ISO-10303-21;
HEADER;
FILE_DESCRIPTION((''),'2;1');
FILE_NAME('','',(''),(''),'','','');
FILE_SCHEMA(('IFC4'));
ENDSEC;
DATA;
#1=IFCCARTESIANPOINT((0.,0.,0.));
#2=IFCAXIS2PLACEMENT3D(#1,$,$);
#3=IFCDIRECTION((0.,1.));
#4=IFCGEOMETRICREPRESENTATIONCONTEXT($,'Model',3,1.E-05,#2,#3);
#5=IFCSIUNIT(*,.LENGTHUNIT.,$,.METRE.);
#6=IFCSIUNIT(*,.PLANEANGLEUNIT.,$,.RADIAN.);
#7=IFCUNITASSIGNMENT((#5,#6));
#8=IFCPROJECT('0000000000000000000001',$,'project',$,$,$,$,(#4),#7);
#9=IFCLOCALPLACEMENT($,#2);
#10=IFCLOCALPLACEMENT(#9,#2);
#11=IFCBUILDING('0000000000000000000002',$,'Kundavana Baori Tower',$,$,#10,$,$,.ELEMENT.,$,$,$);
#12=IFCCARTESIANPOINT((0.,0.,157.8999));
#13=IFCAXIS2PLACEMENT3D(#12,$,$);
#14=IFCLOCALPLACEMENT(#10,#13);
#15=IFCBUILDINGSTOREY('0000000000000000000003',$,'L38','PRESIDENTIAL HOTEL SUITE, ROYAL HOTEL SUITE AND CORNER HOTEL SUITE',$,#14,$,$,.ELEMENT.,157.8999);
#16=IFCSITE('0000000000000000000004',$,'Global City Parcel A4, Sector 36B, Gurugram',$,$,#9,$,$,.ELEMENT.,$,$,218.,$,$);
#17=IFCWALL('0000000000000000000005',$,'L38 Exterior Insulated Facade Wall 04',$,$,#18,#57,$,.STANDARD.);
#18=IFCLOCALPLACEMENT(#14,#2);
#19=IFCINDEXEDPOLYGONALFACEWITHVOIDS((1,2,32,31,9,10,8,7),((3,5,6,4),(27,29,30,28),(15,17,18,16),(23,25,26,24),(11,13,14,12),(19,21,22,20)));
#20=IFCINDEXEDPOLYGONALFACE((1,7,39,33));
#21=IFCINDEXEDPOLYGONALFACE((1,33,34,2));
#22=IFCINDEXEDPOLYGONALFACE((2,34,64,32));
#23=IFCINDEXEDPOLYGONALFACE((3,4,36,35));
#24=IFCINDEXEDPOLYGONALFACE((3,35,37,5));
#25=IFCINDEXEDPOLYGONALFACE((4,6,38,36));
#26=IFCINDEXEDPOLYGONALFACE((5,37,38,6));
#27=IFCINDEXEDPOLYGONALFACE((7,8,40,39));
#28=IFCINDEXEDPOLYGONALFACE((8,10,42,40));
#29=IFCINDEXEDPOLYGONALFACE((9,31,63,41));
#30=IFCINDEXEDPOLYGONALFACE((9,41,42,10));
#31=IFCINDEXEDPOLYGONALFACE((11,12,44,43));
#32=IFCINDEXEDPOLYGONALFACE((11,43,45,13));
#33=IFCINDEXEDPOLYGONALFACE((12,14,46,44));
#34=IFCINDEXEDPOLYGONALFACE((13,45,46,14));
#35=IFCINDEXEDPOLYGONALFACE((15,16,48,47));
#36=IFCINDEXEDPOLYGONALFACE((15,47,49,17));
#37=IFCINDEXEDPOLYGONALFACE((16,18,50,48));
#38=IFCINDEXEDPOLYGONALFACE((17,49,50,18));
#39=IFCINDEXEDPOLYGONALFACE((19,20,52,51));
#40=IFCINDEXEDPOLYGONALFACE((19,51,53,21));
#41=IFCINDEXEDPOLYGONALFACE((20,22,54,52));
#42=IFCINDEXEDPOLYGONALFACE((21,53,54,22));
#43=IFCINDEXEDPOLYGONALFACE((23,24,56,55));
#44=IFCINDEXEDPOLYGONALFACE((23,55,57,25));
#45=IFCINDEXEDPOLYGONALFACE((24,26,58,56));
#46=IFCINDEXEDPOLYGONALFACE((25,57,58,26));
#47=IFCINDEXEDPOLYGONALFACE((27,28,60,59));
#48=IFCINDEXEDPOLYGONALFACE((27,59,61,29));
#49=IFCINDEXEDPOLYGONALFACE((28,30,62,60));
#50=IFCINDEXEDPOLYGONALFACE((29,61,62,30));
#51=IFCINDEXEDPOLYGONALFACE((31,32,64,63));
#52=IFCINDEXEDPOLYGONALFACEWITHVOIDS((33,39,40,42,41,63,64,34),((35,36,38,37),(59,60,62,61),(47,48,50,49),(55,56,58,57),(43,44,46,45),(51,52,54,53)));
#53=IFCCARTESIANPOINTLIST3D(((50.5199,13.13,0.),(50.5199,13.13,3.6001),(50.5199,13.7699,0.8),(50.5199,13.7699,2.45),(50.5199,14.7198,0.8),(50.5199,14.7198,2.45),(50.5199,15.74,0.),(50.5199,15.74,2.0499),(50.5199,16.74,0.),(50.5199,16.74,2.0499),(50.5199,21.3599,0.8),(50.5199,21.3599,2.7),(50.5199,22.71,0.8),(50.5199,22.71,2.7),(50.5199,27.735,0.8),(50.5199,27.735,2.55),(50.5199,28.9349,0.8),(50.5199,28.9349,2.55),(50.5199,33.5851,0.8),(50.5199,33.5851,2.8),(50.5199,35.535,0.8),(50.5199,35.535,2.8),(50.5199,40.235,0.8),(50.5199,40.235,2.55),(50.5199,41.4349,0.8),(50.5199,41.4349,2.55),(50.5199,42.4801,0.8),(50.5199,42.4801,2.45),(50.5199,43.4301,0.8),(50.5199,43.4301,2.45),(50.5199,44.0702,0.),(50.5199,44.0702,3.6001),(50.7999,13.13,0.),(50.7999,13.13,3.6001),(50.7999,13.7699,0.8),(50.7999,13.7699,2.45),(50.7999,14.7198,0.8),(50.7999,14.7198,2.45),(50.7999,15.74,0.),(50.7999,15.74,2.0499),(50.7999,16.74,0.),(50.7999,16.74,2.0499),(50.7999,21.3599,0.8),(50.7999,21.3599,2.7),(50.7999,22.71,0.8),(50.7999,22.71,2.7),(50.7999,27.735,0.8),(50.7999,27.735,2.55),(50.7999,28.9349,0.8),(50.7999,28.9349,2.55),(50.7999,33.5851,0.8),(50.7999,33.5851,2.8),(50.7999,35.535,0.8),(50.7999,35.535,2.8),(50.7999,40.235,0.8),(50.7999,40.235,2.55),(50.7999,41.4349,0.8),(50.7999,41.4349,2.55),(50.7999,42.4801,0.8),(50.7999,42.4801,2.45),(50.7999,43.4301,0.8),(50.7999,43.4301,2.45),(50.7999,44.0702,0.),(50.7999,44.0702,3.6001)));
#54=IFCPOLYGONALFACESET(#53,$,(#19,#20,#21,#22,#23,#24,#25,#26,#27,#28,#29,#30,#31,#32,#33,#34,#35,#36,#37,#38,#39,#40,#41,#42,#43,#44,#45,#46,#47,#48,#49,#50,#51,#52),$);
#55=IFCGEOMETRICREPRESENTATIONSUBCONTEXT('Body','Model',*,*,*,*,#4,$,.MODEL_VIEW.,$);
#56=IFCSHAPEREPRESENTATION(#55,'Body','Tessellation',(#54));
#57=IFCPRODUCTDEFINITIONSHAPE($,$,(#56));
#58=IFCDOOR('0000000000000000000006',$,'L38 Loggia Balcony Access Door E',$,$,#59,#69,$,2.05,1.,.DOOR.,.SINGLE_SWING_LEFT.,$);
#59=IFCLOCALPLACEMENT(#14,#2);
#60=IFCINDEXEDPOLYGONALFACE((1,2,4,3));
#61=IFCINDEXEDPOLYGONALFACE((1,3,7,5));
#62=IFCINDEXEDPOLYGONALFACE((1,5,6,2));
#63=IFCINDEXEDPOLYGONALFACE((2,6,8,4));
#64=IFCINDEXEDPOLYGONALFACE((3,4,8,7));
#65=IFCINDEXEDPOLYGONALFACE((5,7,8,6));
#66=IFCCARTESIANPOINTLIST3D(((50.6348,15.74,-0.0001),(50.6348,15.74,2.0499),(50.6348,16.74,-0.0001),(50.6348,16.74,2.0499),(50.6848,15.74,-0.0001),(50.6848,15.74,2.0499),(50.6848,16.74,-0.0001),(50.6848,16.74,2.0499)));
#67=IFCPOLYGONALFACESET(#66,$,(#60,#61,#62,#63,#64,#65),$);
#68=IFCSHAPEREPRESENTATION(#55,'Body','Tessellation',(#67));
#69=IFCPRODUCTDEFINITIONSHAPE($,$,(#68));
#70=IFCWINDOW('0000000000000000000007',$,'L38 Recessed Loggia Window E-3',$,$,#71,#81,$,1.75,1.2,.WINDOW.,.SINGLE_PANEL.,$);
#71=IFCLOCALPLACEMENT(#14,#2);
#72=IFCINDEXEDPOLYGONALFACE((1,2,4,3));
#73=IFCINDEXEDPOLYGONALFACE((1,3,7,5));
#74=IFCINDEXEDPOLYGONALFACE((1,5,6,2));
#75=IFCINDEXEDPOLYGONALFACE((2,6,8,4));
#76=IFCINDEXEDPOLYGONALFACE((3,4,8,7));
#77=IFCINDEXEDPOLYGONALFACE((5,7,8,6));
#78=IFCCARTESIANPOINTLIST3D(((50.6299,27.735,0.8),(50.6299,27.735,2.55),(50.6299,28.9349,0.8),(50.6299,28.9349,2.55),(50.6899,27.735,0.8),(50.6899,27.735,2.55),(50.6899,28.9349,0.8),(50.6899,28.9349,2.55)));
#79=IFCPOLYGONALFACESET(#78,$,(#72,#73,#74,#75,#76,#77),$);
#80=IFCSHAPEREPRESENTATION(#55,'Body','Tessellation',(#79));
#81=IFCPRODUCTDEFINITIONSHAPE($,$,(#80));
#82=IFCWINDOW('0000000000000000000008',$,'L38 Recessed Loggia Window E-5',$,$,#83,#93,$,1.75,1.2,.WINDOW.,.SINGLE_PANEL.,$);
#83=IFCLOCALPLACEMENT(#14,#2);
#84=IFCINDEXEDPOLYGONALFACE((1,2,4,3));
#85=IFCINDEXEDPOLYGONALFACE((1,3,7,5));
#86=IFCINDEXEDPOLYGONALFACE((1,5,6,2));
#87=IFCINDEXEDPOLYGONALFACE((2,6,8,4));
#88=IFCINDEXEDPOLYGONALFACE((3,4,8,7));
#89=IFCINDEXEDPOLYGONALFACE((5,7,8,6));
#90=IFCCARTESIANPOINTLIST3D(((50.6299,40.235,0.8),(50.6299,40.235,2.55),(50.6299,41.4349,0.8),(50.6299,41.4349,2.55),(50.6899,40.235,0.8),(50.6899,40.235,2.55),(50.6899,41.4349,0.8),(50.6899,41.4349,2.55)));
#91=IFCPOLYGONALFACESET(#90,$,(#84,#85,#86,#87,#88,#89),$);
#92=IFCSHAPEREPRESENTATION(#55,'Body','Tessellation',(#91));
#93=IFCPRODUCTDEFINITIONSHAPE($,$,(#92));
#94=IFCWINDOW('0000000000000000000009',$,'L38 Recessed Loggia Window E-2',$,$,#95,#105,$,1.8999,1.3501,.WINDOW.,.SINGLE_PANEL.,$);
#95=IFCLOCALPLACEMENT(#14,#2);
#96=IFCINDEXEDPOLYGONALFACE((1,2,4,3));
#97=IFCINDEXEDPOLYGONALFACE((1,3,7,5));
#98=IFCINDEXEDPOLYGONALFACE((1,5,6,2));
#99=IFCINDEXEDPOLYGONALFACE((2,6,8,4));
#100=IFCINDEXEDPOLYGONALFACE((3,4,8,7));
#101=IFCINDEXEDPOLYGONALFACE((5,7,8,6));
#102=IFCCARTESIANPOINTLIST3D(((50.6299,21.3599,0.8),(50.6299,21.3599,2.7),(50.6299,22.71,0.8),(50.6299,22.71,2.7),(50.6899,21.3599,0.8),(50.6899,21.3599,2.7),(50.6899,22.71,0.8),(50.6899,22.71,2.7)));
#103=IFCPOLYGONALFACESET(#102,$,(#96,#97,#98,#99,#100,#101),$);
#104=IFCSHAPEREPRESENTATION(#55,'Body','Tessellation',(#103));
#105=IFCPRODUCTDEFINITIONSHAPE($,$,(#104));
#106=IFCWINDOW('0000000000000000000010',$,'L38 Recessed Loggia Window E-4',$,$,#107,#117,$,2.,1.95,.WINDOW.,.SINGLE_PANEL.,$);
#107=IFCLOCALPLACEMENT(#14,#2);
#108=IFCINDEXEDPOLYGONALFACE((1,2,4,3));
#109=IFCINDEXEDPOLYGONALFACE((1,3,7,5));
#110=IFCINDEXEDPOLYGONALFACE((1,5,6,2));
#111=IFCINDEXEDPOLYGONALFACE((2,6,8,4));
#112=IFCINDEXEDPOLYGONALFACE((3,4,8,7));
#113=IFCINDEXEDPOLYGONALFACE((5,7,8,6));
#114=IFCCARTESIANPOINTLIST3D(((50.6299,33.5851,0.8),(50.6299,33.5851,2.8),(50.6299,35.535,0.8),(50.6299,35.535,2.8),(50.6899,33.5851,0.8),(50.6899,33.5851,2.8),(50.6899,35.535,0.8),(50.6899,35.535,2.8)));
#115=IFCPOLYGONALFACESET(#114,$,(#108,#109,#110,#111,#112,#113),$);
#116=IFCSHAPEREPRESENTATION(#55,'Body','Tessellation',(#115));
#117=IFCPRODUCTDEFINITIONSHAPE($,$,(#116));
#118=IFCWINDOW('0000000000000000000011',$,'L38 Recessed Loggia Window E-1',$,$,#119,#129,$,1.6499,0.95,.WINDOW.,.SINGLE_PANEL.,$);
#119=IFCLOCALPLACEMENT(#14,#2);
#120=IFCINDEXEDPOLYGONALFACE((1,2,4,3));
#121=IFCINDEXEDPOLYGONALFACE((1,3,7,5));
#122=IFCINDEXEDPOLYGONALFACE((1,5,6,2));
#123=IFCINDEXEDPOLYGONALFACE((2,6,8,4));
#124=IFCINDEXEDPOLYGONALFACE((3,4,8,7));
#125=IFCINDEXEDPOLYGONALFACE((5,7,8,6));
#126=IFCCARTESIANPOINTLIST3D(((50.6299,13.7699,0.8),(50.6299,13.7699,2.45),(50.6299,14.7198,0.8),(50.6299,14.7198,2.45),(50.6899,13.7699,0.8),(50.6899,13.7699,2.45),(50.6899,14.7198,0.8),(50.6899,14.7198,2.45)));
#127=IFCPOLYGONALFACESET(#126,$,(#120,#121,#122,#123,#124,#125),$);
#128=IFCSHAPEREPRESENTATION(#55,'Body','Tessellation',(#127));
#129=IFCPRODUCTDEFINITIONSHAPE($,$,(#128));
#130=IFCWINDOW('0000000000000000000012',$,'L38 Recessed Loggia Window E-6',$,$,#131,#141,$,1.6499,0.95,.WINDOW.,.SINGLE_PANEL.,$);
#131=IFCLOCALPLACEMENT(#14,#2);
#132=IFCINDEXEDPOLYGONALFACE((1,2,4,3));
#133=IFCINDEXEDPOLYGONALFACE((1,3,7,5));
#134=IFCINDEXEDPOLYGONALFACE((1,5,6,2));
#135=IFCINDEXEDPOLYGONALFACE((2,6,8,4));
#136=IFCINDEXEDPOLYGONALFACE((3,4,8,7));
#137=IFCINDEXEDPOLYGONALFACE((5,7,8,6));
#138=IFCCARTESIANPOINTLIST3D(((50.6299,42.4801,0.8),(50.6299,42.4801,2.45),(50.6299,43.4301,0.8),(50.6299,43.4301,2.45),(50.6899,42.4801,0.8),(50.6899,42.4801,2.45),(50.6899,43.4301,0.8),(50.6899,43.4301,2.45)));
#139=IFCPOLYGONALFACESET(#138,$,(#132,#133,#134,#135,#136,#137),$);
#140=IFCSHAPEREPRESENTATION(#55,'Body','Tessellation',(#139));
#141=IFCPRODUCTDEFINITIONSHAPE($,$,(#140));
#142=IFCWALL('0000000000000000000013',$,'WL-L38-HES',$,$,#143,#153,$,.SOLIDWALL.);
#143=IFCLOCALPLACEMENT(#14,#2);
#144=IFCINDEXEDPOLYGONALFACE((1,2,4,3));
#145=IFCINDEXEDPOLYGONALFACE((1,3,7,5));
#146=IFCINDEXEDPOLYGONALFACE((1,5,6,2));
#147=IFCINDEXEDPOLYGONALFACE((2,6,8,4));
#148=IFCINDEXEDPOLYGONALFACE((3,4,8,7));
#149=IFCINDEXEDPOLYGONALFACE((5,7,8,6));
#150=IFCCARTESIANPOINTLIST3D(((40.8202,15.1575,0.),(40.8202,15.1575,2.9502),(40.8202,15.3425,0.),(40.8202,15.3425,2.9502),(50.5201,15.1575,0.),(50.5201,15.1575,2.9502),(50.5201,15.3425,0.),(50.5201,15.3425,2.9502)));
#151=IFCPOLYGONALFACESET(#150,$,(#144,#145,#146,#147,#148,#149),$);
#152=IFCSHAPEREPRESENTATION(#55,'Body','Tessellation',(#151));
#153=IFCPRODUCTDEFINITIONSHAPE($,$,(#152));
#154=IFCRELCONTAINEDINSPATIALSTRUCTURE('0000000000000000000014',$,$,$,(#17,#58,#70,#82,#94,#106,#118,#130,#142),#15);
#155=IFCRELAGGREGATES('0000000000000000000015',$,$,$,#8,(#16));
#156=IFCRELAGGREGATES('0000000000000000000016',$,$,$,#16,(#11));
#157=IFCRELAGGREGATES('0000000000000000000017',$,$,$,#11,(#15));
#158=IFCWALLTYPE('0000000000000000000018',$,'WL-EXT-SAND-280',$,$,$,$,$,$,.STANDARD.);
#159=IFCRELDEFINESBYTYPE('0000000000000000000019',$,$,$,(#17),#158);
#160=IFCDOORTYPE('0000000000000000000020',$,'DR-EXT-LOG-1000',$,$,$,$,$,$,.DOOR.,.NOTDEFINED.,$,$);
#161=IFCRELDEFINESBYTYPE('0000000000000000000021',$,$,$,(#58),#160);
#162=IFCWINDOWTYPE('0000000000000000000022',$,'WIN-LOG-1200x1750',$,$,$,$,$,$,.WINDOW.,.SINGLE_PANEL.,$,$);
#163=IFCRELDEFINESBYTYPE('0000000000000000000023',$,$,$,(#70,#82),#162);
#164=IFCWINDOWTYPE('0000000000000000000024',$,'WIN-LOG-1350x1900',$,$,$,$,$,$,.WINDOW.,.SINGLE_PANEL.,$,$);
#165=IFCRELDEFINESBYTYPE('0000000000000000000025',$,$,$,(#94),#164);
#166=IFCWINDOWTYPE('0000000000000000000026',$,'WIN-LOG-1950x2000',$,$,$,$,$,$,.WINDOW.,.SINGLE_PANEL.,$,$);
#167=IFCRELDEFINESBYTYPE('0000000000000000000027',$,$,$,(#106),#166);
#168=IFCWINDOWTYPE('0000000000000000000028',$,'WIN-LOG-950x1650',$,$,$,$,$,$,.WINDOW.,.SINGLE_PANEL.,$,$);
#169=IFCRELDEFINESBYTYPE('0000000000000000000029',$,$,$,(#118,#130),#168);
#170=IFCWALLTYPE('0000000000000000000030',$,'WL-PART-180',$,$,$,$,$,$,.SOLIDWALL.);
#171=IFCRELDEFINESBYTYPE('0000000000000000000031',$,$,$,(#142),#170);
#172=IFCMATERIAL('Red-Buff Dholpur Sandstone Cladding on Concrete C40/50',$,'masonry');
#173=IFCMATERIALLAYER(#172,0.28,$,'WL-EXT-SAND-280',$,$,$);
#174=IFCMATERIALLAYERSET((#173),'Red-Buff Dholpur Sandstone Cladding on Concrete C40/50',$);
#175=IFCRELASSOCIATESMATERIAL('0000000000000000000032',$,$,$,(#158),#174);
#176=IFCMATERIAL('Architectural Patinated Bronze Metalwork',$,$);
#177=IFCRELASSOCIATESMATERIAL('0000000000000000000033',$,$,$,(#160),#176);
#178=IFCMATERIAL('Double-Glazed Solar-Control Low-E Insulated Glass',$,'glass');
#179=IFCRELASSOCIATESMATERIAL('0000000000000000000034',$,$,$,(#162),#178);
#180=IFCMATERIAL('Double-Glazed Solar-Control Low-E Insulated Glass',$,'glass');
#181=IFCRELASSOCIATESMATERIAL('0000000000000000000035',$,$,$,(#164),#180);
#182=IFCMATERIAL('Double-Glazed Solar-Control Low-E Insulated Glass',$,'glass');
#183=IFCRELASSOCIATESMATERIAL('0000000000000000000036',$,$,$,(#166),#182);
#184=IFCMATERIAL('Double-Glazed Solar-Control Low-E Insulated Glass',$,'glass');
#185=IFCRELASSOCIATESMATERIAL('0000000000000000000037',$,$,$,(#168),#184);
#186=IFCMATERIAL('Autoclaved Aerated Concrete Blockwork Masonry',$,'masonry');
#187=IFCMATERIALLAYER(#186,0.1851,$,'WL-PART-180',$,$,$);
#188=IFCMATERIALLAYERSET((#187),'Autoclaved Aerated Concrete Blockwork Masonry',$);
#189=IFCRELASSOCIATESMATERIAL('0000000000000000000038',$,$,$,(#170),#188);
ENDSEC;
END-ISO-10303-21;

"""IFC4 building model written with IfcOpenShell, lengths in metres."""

from ifc_helpers import new_model, si_unit, direction, frame, frame_2d, origin, place, context, subcontext, project, spatial, rectangle, extrude, material, layer, layer_set, type_object, element, fill, save


model = new_model("IFC4")

# Units and contexts
model_context = context("Model", 3, precision=1e-05, world=origin(), true_north=direction((0.0, 1.0)))
body_context = subcontext(model_context, "Body", "Model", "MODEL_VIEW")
ifc_project = project(units=[si_unit("LENGTHUNIT", "METRE"), si_unit("PLANEANGLEUNIT", "RADIAN")], contexts=[model_context])

# Site, building, storey
site_placement = place(None, origin())
site = spatial("IfcSite", under=ifc_project, at=site_placement, Name="Global City Parcel A4, Sector 36B, Gurugram", CompositionType="ELEMENT", RefElevation=218.0)
building_placement = place(site_placement, origin())
building = spatial("IfcBuilding", under=site, at=building_placement, Name="Kundavana Baori Tower", CompositionType="ELEMENT")
storey_placement = place(building_placement, frame((0.0, 0.0, 157.8999)))
storey = spatial("IfcBuildingStorey", under=building, at=storey_placement, Name="L38", Description="PRESIDENTIAL HOTEL SUITE, ROYAL HOTEL SUITE AND CORNER HOTEL SUITE", CompositionType="ELEMENT", Elevation=157.8999)

# Shared definitions
ifc_material_1 = material(Name="Red-Buff Dholpur Sandstone Cladding on Concrete C40/50", Category="masonry")
ifc_layer_1 = layer(ifc_material_1, 0.28, Name="WL-EXT-SAND-280")
ifc_layer_set_1 = layer_set([ifc_layer_1], Name="Red-Buff Dholpur Sandstone Cladding on Concrete C40/50")
wall_type_1 = type_object("IfcWallType", Name="WL-EXT-SAND-280", PredefinedType="STANDARD", material=ifc_layer_set_1)

# Wall, openings, door, windows
wall_1_placement = place(storey_placement, frame((50.6599, 13.1299, 0.0), z_axis=(0.0, 0.0, 1.0), x_axis=(0.0, 1.0, 0.0)))
wall_1 = element("IfcWall", 1, at=wall_1_placement, inside=storey, type_object=wall_type_1, Name="L38 Exterior Insulated Facade Wall 04", PredefinedType="STANDARD", context=body_context, shape_type="SweptSolid", body=[
    extrude(rectangle(XDim=30.9402, YDim=0.28, at=frame_2d((15.4702, 0.0))), origin(), (0.0, 0.0, 1.0), 3.6001),
])
opening_1_placement = place(wall_1_placement, frame((0.6399, 0.0, 0.8)))
opening_1 = element("IfcOpeningElement", 2, at=opening_1_placement, cuts=wall_1, PredefinedType="OPENING", context=body_context, shape_type="SweptSolid", body=[
    extrude(rectangle(XDim=0.95, YDim=1.6499, at=frame_2d((0.4751, 0.825))), frame((0.0, 0.1499, 0.0), z_axis=(0.0, -1.0, 0.0), x_axis=(1.0, 0.0, 0.0)), (0.0, 0.0, 1.0), 0.3),
])
opening_2_placement = place(wall_1_placement, frame((2.6101, 0.0, 0.0)))
opening_2 = element("IfcOpeningElement", 3, at=opening_2_placement, cuts=wall_1, PredefinedType="OPENING", context=body_context, shape_type="SweptSolid", body=[
    extrude(rectangle(XDim=1.0, YDim=2.05, at=frame_2d((0.5, 1.0249))), frame((0.0, 0.1499, 0.0), z_axis=(0.0, -1.0, 0.0), x_axis=(1.0, 0.0, 0.0)), (0.0, 0.0, 1.0), 0.3),
])
opening_3_placement = place(wall_1_placement, frame((8.23, 0.0, 0.8)))
opening_3 = element("IfcOpeningElement", 4, at=opening_3_placement, cuts=wall_1, PredefinedType="OPENING", context=body_context, shape_type="SweptSolid", body=[
    extrude(rectangle(XDim=1.3501, YDim=1.8999, at=frame_2d((0.675, 0.95))), frame((0.0, 0.1499, 0.0), z_axis=(0.0, -1.0, 0.0), x_axis=(1.0, 0.0, 0.0)), (0.0, 0.0, 1.0), 0.3),
])
opening_4_placement = place(wall_1_placement, frame((14.605, 0.0, 0.8)))
opening_4 = element("IfcOpeningElement", 5, at=opening_4_placement, cuts=wall_1, PredefinedType="OPENING", context=body_context, shape_type="SweptSolid", body=[
    extrude(rectangle(XDim=1.2, YDim=1.75, at=frame_2d((0.6001, 0.875))), frame((0.0, 0.1499, 0.0), z_axis=(0.0, -1.0, 0.0), x_axis=(1.0, 0.0, 0.0)), (0.0, 0.0, 1.0), 0.3),
])
opening_5_placement = place(wall_1_placement, frame((20.4551, 0.0, 0.8)))
opening_5 = element("IfcOpeningElement", 6, at=opening_5_placement, cuts=wall_1, PredefinedType="OPENING", context=body_context, shape_type="SweptSolid", body=[
    extrude(rectangle(XDim=1.95, YDim=2.0, at=frame_2d((0.9751, 1.0))), frame((0.0, 0.1499, 0.0), z_axis=(0.0, -1.0, 0.0), x_axis=(1.0, 0.0, 0.0)), (0.0, 0.0, 1.0), 0.3),
])
opening_6_placement = place(wall_1_placement, frame((27.105, 0.0, 0.8)))
opening_6 = element("IfcOpeningElement", 7, at=opening_6_placement, cuts=wall_1, PredefinedType="OPENING", context=body_context, shape_type="SweptSolid", body=[
    extrude(rectangle(XDim=1.2, YDim=1.75, at=frame_2d((0.6001, 0.875))), frame((0.0, 0.1499, 0.0), z_axis=(0.0, -1.0, 0.0), x_axis=(1.0, 0.0, 0.0)), (0.0, 0.0, 1.0), 0.3),
])
opening_7_placement = place(wall_1_placement, frame((29.3501, 0.0, 0.8)))
opening_7 = element("IfcOpeningElement", 8, at=opening_7_placement, cuts=wall_1, PredefinedType="OPENING", context=body_context, shape_type="SweptSolid", body=[
    extrude(rectangle(XDim=0.95, YDim=1.6499, at=frame_2d((0.4751, 0.825))), frame((0.0, 0.1499, 0.0), z_axis=(0.0, -1.0, 0.0), x_axis=(1.0, 0.0, 0.0)), (0.0, 0.0, 1.0), 0.3),
])
ifc_material_2 = material(Name="Architectural Patinated Bronze Metalwork")
door_type_1 = type_object("IfcDoorType", Name="DR-EXT-LOG-1000", OperationType="NOTDEFINED", PredefinedType="DOOR", material=ifc_material_2)
door_1_placement = place(opening_2_placement, frame((1.0, 0.0, 0.0), z_axis=(0.0, 0.0, 1.0), x_axis=(-1.0, 0.0, 0.0)))
door_1 = element("IfcDoor", 9, at=door_1_placement, inside=storey, type_object=door_type_1, Name="L38 Loggia Balcony Access Door E", OperationType="SINGLE_SWING_LEFT", OverallHeight=2.05, OverallWidth=1.0, PredefinedType="DOOR", context=body_context, shape_type="SweptSolid", body=[
    extrude(rectangle(XDim=1.0, YDim=2.05, at=frame_2d((0.5, 1.0249))), frame((0.0, 0.0249, 0.0), z_axis=(0.0, -1.0, 0.0), x_axis=(1.0, 0.0, 0.0)), (0.0, 0.0, 1.0), 0.05),
])
fill(opening_2, door_1)
ifc_material_3 = material(Name="Double-Glazed Solar-Control Low-E Insulated Glass", Category="glass")
window_type_1 = type_object("IfcWindowType", Name="WIN-LOG-1200x1750", PartitioningType="SINGLE_PANEL", PredefinedType="WINDOW", material=ifc_material_3)
window_1_placement = place(opening_4_placement, origin())
window_1 = element("IfcWindow", 10, at=window_1_placement, inside=storey, type_object=window_type_1, Name="L38 Recessed Loggia Window E-3", OverallHeight=1.75, OverallWidth=1.2, PartitioningType="SINGLE_PANEL", PredefinedType="WINDOW", context=body_context, shape_type="SweptSolid", body=[
    extrude(rectangle(XDim=1.2, YDim=1.75, at=frame_2d((0.6001, 0.875))), frame((0.0, 0.03, 0.0), z_axis=(0.0, -1.0, 0.0), x_axis=(1.0, 0.0, 0.0)), (0.0, 0.0, 1.0), 0.0601),
])
fill(opening_4, window_1)
window_2_placement = place(opening_6_placement, origin())
window_2 = element("IfcWindow", 11, at=window_2_placement, inside=storey, type_object=window_type_1, Name="L38 Recessed Loggia Window E-5", OverallHeight=1.75, OverallWidth=1.2, PartitioningType="SINGLE_PANEL", PredefinedType="WINDOW", context=body_context, shape_type="SweptSolid", body=[
    extrude(rectangle(XDim=1.2, YDim=1.75, at=frame_2d((0.6001, 0.875))), frame((0.0, 0.03, 0.0), z_axis=(0.0, -1.0, 0.0), x_axis=(1.0, 0.0, 0.0)), (0.0, 0.0, 1.0), 0.0601),
])
fill(opening_6, window_2)
ifc_material_4 = material(Name="Double-Glazed Solar-Control Low-E Insulated Glass", Category="glass")
window_type_2 = type_object("IfcWindowType", Name="WIN-LOG-1350x1900", PartitioningType="SINGLE_PANEL", PredefinedType="WINDOW", material=ifc_material_4)
window_3_placement = place(opening_3_placement, origin())
window_3 = element("IfcWindow", 12, at=window_3_placement, inside=storey, type_object=window_type_2, Name="L38 Recessed Loggia Window E-2", OverallHeight=1.8999, OverallWidth=1.3501, PartitioningType="SINGLE_PANEL", PredefinedType="WINDOW", context=body_context, shape_type="SweptSolid", body=[
    extrude(rectangle(XDim=1.3501, YDim=1.8999, at=frame_2d((0.675, 0.95))), frame((0.0, 0.03, 0.0), z_axis=(0.0, -1.0, 0.0), x_axis=(1.0, 0.0, 0.0)), (0.0, 0.0, 1.0), 0.0601),
])
fill(opening_3, window_3)
ifc_material_5 = material(Name="Double-Glazed Solar-Control Low-E Insulated Glass", Category="glass")
window_type_3 = type_object("IfcWindowType", Name="WIN-LOG-1950x2000", PartitioningType="SINGLE_PANEL", PredefinedType="WINDOW", material=ifc_material_5)
window_4_placement = place(opening_5_placement, origin())
window_4 = element("IfcWindow", 13, at=window_4_placement, inside=storey, type_object=window_type_3, Name="L38 Recessed Loggia Window E-4", OverallHeight=2.0, OverallWidth=1.95, PartitioningType="SINGLE_PANEL", PredefinedType="WINDOW", context=body_context, shape_type="SweptSolid", body=[
    extrude(rectangle(XDim=1.95, YDim=2.0, at=frame_2d((0.9751, 1.0))), frame((0.0, 0.03, 0.0), z_axis=(0.0, -1.0, 0.0), x_axis=(1.0, 0.0, 0.0)), (0.0, 0.0, 1.0), 0.0601),
])
fill(opening_5, window_4)
ifc_material_6 = material(Name="Double-Glazed Solar-Control Low-E Insulated Glass", Category="glass")
window_type_4 = type_object("IfcWindowType", Name="WIN-LOG-950x1650", PartitioningType="SINGLE_PANEL", PredefinedType="WINDOW", material=ifc_material_6)
window_5_placement = place(opening_1_placement, origin())
window_5 = element("IfcWindow", 14, at=window_5_placement, inside=storey, type_object=window_type_4, Name="L38 Recessed Loggia Window E-1", OverallHeight=1.6499, OverallWidth=0.95, PartitioningType="SINGLE_PANEL", PredefinedType="WINDOW", context=body_context, shape_type="SweptSolid", body=[
    extrude(rectangle(XDim=0.95, YDim=1.6499, at=frame_2d((0.4751, 0.825))), frame((0.0, 0.03, 0.0), z_axis=(0.0, -1.0, 0.0), x_axis=(1.0, 0.0, 0.0)), (0.0, 0.0, 1.0), 0.0601),
])
fill(opening_1, window_5)
window_6_placement = place(opening_7_placement, origin())
window_6 = element("IfcWindow", 15, at=window_6_placement, inside=storey, type_object=window_type_4, Name="L38 Recessed Loggia Window E-6", OverallHeight=1.6499, OverallWidth=0.95, PartitioningType="SINGLE_PANEL", PredefinedType="WINDOW", context=body_context, shape_type="SweptSolid", body=[
    extrude(rectangle(XDim=0.95, YDim=1.6499, at=frame_2d((0.4751, 0.825))), frame((0.0, 0.03, 0.0), z_axis=(0.0, -1.0, 0.0), x_axis=(1.0, 0.0, 0.0)), (0.0, 0.0, 1.0), 0.0601),
])
fill(opening_7, window_6)

# Wall
ifc_material_7 = material(Name="Autoclaved Aerated Concrete Blockwork Masonry", Category="masonry")
ifc_layer_2 = layer(ifc_material_7, 0.1851, Name="WL-PART-180")
ifc_layer_set_2 = layer_set([ifc_layer_2], Name="Autoclaved Aerated Concrete Blockwork Masonry")
wall_type_2 = type_object("IfcWallType", Name="WL-PART-180", PredefinedType="SOLIDWALL", material=ifc_layer_set_2)
wall_2_placement = place(storey_placement, frame((40.8201, 15.25, 0.0), z_axis=(0.0, 0.0, 1.0), x_axis=(1.0, 0.0, 0.0)))
element("IfcWall", 16, at=wall_2_placement, inside=storey, type_object=wall_type_2, Name="WL-L38-HES", PredefinedType="SOLIDWALL", context=body_context, shape_type="SweptSolid", body=[
    extrude(rectangle(XDim=9.7, YDim=0.1851, at=frame_2d((4.8501, 0.0))), origin(), (0.0, 0.0, 1.0), 2.9502),
])

save(model, "model.ifc")
